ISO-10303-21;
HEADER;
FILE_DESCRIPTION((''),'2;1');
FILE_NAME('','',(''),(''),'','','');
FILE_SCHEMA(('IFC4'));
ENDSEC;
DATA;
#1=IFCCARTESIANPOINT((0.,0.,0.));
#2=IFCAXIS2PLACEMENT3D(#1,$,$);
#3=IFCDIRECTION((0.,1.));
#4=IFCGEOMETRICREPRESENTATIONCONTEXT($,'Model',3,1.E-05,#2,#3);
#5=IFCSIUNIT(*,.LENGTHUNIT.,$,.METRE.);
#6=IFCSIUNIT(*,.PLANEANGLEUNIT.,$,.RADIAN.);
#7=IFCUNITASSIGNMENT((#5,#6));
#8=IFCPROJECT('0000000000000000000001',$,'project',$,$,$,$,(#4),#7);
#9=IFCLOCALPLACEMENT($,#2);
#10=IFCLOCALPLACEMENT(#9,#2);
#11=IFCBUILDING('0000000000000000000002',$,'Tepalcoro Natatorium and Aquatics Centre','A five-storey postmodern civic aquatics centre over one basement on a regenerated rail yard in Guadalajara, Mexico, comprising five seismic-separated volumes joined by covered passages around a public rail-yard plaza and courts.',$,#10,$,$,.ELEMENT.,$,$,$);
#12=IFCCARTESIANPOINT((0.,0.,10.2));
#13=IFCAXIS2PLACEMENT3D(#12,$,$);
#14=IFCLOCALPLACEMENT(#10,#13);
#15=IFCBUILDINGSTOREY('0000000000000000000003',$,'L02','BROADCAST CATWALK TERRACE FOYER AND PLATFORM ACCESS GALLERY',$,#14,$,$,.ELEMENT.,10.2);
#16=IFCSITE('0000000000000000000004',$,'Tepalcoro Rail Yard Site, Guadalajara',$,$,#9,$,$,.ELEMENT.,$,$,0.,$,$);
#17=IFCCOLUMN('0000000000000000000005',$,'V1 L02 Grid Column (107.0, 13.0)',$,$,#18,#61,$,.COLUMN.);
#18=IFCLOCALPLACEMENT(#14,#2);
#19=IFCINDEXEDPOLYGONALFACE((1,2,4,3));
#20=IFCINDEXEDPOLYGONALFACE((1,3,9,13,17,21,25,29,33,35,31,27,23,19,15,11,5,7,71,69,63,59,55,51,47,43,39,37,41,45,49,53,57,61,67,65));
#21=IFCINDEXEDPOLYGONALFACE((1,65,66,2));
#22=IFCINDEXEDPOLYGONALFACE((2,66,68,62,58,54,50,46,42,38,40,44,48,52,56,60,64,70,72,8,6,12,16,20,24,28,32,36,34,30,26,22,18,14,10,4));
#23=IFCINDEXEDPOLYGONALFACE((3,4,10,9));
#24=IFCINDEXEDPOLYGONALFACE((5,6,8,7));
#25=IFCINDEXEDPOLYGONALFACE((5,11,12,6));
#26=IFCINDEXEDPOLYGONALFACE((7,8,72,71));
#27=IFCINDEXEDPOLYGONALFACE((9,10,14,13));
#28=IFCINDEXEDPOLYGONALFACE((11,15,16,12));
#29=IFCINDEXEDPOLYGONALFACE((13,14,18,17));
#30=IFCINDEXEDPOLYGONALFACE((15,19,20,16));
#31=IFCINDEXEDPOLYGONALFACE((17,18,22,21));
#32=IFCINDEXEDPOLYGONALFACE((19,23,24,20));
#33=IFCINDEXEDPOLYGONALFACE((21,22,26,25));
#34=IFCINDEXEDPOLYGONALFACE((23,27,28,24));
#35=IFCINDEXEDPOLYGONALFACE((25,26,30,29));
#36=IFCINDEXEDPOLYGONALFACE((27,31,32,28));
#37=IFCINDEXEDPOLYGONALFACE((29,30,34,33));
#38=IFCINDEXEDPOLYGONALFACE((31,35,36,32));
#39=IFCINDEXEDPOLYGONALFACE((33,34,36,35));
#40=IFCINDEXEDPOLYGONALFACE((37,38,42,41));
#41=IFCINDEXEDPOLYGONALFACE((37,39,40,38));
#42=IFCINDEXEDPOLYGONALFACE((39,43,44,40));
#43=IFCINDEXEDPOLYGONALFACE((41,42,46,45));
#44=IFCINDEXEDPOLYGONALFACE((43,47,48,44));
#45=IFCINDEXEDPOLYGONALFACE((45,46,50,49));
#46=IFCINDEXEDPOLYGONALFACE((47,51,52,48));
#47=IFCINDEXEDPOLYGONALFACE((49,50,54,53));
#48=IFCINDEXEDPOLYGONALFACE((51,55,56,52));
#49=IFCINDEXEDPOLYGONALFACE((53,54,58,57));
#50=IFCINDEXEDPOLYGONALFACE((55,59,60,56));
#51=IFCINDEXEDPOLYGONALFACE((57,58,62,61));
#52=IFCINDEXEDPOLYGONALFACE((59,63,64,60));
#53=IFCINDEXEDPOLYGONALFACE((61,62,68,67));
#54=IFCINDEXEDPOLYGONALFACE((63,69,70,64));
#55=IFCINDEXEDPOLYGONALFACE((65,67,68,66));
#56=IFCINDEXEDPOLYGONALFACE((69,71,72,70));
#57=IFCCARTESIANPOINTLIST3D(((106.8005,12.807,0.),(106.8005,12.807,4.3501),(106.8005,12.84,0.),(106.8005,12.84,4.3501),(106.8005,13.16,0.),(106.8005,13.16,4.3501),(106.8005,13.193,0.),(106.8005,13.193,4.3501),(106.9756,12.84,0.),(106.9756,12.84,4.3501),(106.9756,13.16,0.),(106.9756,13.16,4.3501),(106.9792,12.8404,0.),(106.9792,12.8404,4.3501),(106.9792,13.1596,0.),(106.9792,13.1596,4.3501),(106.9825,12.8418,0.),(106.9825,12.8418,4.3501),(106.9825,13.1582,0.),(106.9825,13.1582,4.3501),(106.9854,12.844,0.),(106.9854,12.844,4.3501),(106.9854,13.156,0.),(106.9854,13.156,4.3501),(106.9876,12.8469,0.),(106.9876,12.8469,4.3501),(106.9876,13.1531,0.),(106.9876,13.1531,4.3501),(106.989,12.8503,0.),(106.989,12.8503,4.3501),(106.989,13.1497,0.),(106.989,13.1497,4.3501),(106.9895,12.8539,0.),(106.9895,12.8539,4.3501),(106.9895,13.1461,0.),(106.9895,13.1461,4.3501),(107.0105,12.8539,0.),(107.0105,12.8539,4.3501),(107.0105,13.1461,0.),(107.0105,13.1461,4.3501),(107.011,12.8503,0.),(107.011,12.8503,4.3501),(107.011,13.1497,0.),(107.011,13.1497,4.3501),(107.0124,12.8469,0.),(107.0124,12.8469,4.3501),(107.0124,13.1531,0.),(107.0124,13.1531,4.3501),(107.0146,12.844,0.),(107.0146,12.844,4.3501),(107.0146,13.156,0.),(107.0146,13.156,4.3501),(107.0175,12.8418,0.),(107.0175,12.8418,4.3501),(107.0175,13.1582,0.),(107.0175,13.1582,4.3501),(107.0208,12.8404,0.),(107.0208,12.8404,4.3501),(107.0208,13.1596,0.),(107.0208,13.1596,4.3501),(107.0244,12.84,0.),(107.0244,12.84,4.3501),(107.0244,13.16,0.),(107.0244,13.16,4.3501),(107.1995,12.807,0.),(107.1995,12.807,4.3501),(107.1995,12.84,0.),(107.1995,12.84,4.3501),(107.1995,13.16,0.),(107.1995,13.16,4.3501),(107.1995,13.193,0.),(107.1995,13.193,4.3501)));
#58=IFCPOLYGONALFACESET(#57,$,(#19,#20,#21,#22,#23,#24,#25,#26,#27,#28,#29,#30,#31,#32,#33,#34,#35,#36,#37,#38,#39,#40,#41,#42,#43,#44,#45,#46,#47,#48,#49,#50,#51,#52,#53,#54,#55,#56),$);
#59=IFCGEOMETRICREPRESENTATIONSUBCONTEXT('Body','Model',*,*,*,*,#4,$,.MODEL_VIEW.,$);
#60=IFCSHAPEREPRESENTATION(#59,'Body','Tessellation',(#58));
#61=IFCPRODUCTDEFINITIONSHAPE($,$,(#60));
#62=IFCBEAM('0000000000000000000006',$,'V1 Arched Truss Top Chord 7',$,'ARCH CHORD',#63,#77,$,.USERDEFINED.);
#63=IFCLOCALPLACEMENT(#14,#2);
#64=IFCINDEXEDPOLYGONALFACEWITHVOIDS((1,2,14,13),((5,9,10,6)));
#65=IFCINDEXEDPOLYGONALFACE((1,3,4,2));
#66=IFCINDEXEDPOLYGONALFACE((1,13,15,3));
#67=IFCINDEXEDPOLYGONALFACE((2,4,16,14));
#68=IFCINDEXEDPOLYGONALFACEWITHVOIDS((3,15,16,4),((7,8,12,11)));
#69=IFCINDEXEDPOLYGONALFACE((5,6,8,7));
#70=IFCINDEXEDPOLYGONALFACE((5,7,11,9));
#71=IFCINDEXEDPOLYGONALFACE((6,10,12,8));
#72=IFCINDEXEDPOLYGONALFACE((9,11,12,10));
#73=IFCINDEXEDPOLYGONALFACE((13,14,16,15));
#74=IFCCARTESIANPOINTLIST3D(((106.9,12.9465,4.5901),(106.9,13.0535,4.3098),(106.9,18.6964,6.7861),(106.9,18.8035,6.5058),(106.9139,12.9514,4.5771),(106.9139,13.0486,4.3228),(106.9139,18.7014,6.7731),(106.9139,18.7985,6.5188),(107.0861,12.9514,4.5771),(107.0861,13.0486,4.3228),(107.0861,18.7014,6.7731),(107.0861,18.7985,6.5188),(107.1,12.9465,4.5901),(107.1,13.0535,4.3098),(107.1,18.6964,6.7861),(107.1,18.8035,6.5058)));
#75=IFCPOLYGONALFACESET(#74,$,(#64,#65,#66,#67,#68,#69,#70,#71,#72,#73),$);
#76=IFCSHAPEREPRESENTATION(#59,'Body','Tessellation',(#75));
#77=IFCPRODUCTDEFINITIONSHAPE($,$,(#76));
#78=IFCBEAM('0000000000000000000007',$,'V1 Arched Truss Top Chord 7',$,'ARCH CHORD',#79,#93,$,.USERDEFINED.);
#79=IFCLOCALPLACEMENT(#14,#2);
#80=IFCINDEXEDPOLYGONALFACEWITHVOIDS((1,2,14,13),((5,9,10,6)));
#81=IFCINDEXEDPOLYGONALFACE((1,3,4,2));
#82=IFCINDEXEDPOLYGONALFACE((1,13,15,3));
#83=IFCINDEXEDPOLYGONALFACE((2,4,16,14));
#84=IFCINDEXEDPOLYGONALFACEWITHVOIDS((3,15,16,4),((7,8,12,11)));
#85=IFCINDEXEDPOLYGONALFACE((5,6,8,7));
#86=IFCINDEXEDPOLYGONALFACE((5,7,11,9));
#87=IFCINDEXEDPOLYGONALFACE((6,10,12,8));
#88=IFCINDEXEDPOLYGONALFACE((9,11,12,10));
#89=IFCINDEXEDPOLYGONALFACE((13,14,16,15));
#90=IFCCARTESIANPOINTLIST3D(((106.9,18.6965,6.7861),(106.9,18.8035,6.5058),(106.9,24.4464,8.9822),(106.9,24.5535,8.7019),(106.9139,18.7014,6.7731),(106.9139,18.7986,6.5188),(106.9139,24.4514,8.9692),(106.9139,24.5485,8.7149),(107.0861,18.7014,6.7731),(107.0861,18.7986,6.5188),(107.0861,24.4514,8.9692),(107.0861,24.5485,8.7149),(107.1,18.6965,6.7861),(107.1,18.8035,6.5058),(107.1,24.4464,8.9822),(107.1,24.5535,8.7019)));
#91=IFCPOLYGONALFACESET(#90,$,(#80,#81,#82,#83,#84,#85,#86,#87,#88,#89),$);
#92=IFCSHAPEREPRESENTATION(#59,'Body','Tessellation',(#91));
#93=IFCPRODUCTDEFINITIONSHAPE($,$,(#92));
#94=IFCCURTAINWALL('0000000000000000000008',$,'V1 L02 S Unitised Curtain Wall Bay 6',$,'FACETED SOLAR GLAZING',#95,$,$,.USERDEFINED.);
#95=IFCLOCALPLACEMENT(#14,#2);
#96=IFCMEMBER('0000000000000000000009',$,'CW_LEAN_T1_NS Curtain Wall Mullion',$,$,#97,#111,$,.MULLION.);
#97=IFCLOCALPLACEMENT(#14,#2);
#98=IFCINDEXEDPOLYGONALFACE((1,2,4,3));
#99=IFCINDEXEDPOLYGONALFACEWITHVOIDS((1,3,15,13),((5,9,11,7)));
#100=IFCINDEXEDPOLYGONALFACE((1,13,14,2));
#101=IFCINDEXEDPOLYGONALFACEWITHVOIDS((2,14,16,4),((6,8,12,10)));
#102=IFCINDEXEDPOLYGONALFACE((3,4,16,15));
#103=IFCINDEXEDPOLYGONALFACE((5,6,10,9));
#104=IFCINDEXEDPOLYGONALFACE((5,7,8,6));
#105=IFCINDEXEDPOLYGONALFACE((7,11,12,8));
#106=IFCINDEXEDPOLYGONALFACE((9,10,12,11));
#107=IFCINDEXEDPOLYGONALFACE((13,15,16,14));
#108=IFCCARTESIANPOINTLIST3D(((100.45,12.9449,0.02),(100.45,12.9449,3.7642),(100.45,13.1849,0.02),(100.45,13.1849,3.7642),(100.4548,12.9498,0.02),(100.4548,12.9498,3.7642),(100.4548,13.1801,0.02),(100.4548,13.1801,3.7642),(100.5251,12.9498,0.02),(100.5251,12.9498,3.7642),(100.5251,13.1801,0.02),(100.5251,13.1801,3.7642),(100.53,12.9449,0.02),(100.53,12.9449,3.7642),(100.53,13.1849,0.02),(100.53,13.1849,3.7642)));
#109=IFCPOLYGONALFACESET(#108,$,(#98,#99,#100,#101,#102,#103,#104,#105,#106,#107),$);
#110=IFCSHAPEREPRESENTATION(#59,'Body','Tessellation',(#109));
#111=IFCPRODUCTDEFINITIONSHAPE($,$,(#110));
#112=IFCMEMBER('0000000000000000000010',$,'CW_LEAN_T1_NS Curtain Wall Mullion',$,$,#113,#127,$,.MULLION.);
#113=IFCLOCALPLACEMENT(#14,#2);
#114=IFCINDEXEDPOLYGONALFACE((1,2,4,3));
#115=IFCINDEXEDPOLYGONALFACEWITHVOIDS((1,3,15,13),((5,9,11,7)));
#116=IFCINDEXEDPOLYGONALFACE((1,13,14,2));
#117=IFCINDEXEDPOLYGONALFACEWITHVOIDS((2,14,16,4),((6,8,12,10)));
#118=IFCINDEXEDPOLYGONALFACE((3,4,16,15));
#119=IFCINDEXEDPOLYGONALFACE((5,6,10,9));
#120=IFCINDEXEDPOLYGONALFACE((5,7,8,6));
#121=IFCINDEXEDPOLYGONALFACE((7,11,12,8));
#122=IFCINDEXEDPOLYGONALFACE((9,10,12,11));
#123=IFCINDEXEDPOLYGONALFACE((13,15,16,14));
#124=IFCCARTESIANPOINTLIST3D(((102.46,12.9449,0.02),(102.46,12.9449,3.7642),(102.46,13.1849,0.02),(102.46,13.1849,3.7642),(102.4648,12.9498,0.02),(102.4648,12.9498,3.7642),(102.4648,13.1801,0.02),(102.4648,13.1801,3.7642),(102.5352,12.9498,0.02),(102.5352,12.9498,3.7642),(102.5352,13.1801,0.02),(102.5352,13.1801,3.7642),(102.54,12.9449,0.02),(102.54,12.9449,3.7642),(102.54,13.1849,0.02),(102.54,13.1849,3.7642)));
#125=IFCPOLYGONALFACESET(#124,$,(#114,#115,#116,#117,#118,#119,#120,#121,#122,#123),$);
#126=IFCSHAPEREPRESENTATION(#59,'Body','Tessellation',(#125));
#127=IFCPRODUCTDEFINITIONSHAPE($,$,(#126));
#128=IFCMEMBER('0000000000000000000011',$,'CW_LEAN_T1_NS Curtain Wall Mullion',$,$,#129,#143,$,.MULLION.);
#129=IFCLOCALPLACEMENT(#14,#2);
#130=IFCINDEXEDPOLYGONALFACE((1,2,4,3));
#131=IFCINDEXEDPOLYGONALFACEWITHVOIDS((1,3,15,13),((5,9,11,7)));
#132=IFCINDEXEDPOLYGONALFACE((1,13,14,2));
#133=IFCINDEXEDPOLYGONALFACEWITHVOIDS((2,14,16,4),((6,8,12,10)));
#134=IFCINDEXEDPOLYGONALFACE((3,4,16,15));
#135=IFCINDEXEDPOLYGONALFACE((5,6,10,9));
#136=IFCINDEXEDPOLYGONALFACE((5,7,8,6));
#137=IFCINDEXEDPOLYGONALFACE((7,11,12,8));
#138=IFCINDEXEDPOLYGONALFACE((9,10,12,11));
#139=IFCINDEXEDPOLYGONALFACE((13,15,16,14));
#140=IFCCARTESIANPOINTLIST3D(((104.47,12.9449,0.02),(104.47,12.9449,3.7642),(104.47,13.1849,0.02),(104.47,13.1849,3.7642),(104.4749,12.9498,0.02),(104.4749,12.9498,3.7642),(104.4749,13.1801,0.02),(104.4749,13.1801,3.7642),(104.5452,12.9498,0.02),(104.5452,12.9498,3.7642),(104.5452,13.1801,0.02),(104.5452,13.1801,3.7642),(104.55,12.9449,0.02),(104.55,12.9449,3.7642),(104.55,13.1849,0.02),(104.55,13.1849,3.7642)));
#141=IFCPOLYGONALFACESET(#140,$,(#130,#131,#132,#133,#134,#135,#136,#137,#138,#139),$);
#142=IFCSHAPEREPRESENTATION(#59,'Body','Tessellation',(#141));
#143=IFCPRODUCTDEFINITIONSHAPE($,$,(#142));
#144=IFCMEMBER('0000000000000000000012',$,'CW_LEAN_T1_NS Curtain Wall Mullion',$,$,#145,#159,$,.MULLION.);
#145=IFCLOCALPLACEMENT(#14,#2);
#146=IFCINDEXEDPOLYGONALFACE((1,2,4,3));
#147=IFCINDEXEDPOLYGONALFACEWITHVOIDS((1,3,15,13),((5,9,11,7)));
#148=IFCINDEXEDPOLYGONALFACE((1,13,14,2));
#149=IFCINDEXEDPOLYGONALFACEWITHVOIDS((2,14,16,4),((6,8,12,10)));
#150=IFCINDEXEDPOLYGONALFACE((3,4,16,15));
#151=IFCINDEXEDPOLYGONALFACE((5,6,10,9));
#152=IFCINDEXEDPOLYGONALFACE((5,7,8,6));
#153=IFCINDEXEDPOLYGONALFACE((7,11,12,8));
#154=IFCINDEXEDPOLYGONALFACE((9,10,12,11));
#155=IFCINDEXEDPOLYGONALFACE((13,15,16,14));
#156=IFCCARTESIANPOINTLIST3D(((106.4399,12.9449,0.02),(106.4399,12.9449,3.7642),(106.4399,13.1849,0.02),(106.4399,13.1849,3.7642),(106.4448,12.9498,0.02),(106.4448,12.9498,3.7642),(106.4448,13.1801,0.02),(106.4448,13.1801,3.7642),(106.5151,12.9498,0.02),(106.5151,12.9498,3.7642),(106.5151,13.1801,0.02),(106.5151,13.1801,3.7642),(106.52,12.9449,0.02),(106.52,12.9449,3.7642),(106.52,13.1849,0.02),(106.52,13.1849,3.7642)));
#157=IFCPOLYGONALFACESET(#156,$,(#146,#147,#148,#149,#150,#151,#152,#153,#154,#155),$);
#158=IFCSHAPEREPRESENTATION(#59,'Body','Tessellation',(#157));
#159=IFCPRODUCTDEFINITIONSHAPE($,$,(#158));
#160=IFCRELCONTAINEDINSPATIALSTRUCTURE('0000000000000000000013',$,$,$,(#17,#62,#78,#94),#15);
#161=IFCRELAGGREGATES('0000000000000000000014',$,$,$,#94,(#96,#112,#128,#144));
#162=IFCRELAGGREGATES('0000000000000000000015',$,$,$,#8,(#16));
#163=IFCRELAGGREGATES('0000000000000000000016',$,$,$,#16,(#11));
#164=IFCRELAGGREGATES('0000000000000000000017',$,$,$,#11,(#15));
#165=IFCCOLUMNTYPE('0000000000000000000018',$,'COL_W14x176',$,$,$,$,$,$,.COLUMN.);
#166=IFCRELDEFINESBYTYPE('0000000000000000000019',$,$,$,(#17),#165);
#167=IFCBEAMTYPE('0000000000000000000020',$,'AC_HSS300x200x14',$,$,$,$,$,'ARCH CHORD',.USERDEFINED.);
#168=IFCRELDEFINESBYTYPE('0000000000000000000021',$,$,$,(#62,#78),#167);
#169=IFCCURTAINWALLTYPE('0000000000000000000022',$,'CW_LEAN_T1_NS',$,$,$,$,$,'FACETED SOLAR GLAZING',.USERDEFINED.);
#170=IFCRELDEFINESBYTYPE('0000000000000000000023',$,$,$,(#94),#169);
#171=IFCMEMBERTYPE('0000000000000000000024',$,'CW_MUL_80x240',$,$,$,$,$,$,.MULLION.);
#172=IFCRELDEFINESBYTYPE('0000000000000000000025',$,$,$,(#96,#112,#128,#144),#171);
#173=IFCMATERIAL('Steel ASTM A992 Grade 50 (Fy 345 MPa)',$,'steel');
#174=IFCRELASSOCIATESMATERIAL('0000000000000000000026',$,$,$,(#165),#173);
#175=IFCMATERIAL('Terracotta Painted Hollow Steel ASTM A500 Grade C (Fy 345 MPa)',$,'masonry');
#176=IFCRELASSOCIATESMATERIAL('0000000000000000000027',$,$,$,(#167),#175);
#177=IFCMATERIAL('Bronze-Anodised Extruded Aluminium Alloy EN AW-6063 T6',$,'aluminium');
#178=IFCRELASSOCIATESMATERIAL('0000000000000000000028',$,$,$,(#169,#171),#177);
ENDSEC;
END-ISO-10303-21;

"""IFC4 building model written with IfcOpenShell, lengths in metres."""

from ifc_helpers import new_model, si_unit, direction, frame, origin, origin_2d, place, context, subcontext, project, spatial, hollow_rectangle, i_section, extrude, material, material_profile, profile_set, type_object, element, aggregate, save


model = new_model("IFC4")

# Units and contexts
model_context = context("Model", 3, precision=1e-05, world=origin(), true_north=direction((0.0, 1.0)))
body_context = subcontext(model_context, "Body", "Model", "MODEL_VIEW")
ifc_project = project(units=[si_unit("LENGTHUNIT", "METRE"), si_unit("PLANEANGLEUNIT", "RADIAN")], contexts=[model_context])

# Site, building, storey
site_placement = place(None, origin())
site = spatial("IfcSite", under=ifc_project, at=site_placement, Name="Tepalcoro Rail Yard Site, Guadalajara", CompositionType="ELEMENT", RefElevation=0.0)
building_placement = place(site_placement, origin())
building = spatial("IfcBuilding", under=site, at=building_placement, Name="Tepalcoro Natatorium and Aquatics Centre", Description="A five-storey postmodern civic aquatics centre over one basement on a regenerated rail yard in Guadalajara, Mexico, comprising five seismic-separated volumes joined by covered passages around a public rail-yard plaza and courts.", CompositionType="ELEMENT")
storey_placement = place(building_placement, frame((0.0, 0.0, 10.2)))
storey = spatial("IfcBuildingStorey", under=building, at=storey_placement, Name="L02", Description="BROADCAST CATWALK TERRACE FOYER AND PLATFORM ACCESS GALLERY", CompositionType="ELEMENT", Elevation=10.2)

# Column
ifc_material_1 = material(Name="Steel ASTM A992 Grade 50 (Fy 345 MPa)", Category="steel")
ifc_material_profile_1 = material_profile(ifc_material_1, i_section(OverallWidth=0.3989, OverallDepth=0.386, WebThickness=0.021, FlangeThickness=0.033, FilletRadius=0.0139, at=origin_2d()), Name="W14X176")
ifc_profile_set_1 = profile_set([ifc_material_profile_1], Name="Steel ASTM A992 Grade 50 (Fy 345 MPa)")
column_type = type_object("IfcColumnType", Name="COL_W14x176", PredefinedType="COLUMN", material=ifc_profile_set_1)
column_placement = place(storey_placement, frame((107.0, 13.0, 0.0), z_axis=(0.0, 0.0, 1.0), x_axis=(1.0, 0.0, 0.0)))
element("IfcColumn", 1, at=column_placement, inside=storey, type_object=column_type, Name="V1 L02 Grid Column (107.0, 13.0)", PredefinedType="COLUMN", context=body_context, shape_type="SweptSolid", body=[
    extrude(i_section(OverallWidth=0.3989, OverallDepth=0.386, WebThickness=0.021, FlangeThickness=0.033, FilletRadius=0.0139, at=origin_2d()), origin(), (0.0, 0.0, 1.0), 4.3501),
])

# Beams
ifc_material_2 = material(Name="Terracotta Painted Hollow Steel ASTM A500 Grade C (Fy 345 MPa)", Category="masonry")
ifc_material_profile_2 = material_profile(ifc_material_2, hollow_rectangle(XDim=0.2, YDim=0.3, WallThickness=0.0139, at=origin_2d()), Name="HSS300X200X14")
ifc_profile_set_2 = profile_set([ifc_material_profile_2], Name="Terracotta Painted Hollow Steel ASTM A500 Grade C (Fy 345 MPa)")
beam_type_1 = type_object("IfcBeamType", Name="AC_HSS300x200x14", ElementType="ARCH CHORD", PredefinedType="USERDEFINED", material=ifc_profile_set_2)
for number, where, z_axis, x_axis, name in (
    (2, (107.0, 13.0, 4.45), (0.0, 0.934186, 0.356785), (-1.0, 0.0, 0.0), "V1 Arched Truss Top Chord 7"),
    (3, (107.0, 18.75, 6.646), (0.0, 0.934186, 0.356785), (-1.0, 0.0, 0.0), "V1 Arched Truss Top Chord 7"),
):
    element("IfcBeam", number, at=place(storey_placement, frame(where, z_axis=z_axis, x_axis=x_axis)), inside=storey, type_object=beam_type_1, Name=name, ObjectType="ARCH CHORD", PredefinedType="USERDEFINED", context=body_context, shape_type="SweptSolid", body=[
        extrude(hollow_rectangle(XDim=0.2, YDim=0.3, WallThickness=0.0139, at=origin_2d()), origin(), (0.0, 0.0, 1.0), 6.155),
    ])

# Curtain wall, members
ifc_material_3 = material(Name="Bronze-Anodised Extruded Aluminium Alloy EN AW-6063 T6", Category="aluminium")
curtain_wall_type = type_object("IfcCurtainWallType", Name="CW_LEAN_T1_NS", ElementType="FACETED SOLAR GLAZING", PredefinedType="USERDEFINED", material=ifc_material_3)
curtain_wall_placement = place(storey_placement, origin())
curtain_wall = element("IfcCurtainWall", 4, at=curtain_wall_placement, inside=storey, type_object=curtain_wall_type, Name="V1 L02 S Unitised Curtain Wall Bay 6", ObjectType="FACETED SOLAR GLAZING", PredefinedType="USERDEFINED")
ifc_material_profile_3 = material_profile(ifc_material_3, hollow_rectangle(XDim=0.0801, YDim=0.24, WallThickness=0.0049, at=origin_2d()), Name="AL80X240X5")
ifc_profile_set_3 = profile_set([ifc_material_profile_3], Name="Bronze-Anodised Extruded Aluminium Alloy EN AW-6063 T6")
member_type_1 = type_object("IfcMemberType", Name="CW_MUL_80x240", PredefinedType="MULLION", material=ifc_profile_set_3)
member_1_placement = place(storey_placement, frame((100.49, 13.0649, 0.02), z_axis=(0.0, 0.0, 1.0), x_axis=(1.0, 0.0, 0.0)))
member_1 = element("IfcMember", 5, at=member_1_placement, type_object=member_type_1, Name="CW_LEAN_T1_NS Curtain Wall Mullion", PredefinedType="MULLION", context=body_context, shape_type="SweptSolid", body=[
    extrude(hollow_rectangle(XDim=0.0801, YDim=0.24, WallThickness=0.0049, at=origin_2d()), origin(), (0.0, 0.0, 1.0), 3.7441),
])
member_2_placement = place(storey_placement, frame((102.5, 13.0649, 0.02), z_axis=(0.0, 0.0, 1.0), x_axis=(1.0, 0.0, 0.0)))
member_2 = element("IfcMember", 6, at=member_2_placement, type_object=member_type_1, Name="CW_LEAN_T1_NS Curtain Wall Mullion", PredefinedType="MULLION", context=body_context, shape_type="SweptSolid", body=[
    extrude(hollow_rectangle(XDim=0.0801, YDim=0.24, WallThickness=0.0049, at=origin_2d()), origin(), (0.0, 0.0, 1.0), 3.7441),
])
member_3_placement = place(storey_placement, frame((104.51, 13.0649, 0.02), z_axis=(0.0, 0.0, 1.0), x_axis=(1.0, 0.0, 0.0)))
member_3 = element("IfcMember", 7, at=member_3_placement, type_object=member_type_1, Name="CW_LEAN_T1_NS Curtain Wall Mullion", PredefinedType="MULLION", context=body_context, shape_type="SweptSolid", body=[
    extrude(hollow_rectangle(XDim=0.0801, YDim=0.24, WallThickness=0.0049, at=origin_2d()), origin(), (0.0, 0.0, 1.0), 3.7441),
])
member_4_placement = place(storey_placement, frame((106.48, 13.0649, 0.02), z_axis=(0.0, 0.0, 1.0), x_axis=(1.0, 0.0, 0.0)))
member_4 = element("IfcMember", 8, at=member_4_placement, type_object=member_type_1, Name="CW_LEAN_T1_NS Curtain Wall Mullion", PredefinedType="MULLION", context=body_context, shape_type="SweptSolid", body=[
    extrude(hollow_rectangle(XDim=0.0801, YDim=0.24, WallThickness=0.0049, at=origin_2d()), origin(), (0.0, 0.0, 1.0), 3.7441),
])

aggregate(curtain_wall, [member_1, member_2, member_3, member_4])

save(model, "model.ifc")
